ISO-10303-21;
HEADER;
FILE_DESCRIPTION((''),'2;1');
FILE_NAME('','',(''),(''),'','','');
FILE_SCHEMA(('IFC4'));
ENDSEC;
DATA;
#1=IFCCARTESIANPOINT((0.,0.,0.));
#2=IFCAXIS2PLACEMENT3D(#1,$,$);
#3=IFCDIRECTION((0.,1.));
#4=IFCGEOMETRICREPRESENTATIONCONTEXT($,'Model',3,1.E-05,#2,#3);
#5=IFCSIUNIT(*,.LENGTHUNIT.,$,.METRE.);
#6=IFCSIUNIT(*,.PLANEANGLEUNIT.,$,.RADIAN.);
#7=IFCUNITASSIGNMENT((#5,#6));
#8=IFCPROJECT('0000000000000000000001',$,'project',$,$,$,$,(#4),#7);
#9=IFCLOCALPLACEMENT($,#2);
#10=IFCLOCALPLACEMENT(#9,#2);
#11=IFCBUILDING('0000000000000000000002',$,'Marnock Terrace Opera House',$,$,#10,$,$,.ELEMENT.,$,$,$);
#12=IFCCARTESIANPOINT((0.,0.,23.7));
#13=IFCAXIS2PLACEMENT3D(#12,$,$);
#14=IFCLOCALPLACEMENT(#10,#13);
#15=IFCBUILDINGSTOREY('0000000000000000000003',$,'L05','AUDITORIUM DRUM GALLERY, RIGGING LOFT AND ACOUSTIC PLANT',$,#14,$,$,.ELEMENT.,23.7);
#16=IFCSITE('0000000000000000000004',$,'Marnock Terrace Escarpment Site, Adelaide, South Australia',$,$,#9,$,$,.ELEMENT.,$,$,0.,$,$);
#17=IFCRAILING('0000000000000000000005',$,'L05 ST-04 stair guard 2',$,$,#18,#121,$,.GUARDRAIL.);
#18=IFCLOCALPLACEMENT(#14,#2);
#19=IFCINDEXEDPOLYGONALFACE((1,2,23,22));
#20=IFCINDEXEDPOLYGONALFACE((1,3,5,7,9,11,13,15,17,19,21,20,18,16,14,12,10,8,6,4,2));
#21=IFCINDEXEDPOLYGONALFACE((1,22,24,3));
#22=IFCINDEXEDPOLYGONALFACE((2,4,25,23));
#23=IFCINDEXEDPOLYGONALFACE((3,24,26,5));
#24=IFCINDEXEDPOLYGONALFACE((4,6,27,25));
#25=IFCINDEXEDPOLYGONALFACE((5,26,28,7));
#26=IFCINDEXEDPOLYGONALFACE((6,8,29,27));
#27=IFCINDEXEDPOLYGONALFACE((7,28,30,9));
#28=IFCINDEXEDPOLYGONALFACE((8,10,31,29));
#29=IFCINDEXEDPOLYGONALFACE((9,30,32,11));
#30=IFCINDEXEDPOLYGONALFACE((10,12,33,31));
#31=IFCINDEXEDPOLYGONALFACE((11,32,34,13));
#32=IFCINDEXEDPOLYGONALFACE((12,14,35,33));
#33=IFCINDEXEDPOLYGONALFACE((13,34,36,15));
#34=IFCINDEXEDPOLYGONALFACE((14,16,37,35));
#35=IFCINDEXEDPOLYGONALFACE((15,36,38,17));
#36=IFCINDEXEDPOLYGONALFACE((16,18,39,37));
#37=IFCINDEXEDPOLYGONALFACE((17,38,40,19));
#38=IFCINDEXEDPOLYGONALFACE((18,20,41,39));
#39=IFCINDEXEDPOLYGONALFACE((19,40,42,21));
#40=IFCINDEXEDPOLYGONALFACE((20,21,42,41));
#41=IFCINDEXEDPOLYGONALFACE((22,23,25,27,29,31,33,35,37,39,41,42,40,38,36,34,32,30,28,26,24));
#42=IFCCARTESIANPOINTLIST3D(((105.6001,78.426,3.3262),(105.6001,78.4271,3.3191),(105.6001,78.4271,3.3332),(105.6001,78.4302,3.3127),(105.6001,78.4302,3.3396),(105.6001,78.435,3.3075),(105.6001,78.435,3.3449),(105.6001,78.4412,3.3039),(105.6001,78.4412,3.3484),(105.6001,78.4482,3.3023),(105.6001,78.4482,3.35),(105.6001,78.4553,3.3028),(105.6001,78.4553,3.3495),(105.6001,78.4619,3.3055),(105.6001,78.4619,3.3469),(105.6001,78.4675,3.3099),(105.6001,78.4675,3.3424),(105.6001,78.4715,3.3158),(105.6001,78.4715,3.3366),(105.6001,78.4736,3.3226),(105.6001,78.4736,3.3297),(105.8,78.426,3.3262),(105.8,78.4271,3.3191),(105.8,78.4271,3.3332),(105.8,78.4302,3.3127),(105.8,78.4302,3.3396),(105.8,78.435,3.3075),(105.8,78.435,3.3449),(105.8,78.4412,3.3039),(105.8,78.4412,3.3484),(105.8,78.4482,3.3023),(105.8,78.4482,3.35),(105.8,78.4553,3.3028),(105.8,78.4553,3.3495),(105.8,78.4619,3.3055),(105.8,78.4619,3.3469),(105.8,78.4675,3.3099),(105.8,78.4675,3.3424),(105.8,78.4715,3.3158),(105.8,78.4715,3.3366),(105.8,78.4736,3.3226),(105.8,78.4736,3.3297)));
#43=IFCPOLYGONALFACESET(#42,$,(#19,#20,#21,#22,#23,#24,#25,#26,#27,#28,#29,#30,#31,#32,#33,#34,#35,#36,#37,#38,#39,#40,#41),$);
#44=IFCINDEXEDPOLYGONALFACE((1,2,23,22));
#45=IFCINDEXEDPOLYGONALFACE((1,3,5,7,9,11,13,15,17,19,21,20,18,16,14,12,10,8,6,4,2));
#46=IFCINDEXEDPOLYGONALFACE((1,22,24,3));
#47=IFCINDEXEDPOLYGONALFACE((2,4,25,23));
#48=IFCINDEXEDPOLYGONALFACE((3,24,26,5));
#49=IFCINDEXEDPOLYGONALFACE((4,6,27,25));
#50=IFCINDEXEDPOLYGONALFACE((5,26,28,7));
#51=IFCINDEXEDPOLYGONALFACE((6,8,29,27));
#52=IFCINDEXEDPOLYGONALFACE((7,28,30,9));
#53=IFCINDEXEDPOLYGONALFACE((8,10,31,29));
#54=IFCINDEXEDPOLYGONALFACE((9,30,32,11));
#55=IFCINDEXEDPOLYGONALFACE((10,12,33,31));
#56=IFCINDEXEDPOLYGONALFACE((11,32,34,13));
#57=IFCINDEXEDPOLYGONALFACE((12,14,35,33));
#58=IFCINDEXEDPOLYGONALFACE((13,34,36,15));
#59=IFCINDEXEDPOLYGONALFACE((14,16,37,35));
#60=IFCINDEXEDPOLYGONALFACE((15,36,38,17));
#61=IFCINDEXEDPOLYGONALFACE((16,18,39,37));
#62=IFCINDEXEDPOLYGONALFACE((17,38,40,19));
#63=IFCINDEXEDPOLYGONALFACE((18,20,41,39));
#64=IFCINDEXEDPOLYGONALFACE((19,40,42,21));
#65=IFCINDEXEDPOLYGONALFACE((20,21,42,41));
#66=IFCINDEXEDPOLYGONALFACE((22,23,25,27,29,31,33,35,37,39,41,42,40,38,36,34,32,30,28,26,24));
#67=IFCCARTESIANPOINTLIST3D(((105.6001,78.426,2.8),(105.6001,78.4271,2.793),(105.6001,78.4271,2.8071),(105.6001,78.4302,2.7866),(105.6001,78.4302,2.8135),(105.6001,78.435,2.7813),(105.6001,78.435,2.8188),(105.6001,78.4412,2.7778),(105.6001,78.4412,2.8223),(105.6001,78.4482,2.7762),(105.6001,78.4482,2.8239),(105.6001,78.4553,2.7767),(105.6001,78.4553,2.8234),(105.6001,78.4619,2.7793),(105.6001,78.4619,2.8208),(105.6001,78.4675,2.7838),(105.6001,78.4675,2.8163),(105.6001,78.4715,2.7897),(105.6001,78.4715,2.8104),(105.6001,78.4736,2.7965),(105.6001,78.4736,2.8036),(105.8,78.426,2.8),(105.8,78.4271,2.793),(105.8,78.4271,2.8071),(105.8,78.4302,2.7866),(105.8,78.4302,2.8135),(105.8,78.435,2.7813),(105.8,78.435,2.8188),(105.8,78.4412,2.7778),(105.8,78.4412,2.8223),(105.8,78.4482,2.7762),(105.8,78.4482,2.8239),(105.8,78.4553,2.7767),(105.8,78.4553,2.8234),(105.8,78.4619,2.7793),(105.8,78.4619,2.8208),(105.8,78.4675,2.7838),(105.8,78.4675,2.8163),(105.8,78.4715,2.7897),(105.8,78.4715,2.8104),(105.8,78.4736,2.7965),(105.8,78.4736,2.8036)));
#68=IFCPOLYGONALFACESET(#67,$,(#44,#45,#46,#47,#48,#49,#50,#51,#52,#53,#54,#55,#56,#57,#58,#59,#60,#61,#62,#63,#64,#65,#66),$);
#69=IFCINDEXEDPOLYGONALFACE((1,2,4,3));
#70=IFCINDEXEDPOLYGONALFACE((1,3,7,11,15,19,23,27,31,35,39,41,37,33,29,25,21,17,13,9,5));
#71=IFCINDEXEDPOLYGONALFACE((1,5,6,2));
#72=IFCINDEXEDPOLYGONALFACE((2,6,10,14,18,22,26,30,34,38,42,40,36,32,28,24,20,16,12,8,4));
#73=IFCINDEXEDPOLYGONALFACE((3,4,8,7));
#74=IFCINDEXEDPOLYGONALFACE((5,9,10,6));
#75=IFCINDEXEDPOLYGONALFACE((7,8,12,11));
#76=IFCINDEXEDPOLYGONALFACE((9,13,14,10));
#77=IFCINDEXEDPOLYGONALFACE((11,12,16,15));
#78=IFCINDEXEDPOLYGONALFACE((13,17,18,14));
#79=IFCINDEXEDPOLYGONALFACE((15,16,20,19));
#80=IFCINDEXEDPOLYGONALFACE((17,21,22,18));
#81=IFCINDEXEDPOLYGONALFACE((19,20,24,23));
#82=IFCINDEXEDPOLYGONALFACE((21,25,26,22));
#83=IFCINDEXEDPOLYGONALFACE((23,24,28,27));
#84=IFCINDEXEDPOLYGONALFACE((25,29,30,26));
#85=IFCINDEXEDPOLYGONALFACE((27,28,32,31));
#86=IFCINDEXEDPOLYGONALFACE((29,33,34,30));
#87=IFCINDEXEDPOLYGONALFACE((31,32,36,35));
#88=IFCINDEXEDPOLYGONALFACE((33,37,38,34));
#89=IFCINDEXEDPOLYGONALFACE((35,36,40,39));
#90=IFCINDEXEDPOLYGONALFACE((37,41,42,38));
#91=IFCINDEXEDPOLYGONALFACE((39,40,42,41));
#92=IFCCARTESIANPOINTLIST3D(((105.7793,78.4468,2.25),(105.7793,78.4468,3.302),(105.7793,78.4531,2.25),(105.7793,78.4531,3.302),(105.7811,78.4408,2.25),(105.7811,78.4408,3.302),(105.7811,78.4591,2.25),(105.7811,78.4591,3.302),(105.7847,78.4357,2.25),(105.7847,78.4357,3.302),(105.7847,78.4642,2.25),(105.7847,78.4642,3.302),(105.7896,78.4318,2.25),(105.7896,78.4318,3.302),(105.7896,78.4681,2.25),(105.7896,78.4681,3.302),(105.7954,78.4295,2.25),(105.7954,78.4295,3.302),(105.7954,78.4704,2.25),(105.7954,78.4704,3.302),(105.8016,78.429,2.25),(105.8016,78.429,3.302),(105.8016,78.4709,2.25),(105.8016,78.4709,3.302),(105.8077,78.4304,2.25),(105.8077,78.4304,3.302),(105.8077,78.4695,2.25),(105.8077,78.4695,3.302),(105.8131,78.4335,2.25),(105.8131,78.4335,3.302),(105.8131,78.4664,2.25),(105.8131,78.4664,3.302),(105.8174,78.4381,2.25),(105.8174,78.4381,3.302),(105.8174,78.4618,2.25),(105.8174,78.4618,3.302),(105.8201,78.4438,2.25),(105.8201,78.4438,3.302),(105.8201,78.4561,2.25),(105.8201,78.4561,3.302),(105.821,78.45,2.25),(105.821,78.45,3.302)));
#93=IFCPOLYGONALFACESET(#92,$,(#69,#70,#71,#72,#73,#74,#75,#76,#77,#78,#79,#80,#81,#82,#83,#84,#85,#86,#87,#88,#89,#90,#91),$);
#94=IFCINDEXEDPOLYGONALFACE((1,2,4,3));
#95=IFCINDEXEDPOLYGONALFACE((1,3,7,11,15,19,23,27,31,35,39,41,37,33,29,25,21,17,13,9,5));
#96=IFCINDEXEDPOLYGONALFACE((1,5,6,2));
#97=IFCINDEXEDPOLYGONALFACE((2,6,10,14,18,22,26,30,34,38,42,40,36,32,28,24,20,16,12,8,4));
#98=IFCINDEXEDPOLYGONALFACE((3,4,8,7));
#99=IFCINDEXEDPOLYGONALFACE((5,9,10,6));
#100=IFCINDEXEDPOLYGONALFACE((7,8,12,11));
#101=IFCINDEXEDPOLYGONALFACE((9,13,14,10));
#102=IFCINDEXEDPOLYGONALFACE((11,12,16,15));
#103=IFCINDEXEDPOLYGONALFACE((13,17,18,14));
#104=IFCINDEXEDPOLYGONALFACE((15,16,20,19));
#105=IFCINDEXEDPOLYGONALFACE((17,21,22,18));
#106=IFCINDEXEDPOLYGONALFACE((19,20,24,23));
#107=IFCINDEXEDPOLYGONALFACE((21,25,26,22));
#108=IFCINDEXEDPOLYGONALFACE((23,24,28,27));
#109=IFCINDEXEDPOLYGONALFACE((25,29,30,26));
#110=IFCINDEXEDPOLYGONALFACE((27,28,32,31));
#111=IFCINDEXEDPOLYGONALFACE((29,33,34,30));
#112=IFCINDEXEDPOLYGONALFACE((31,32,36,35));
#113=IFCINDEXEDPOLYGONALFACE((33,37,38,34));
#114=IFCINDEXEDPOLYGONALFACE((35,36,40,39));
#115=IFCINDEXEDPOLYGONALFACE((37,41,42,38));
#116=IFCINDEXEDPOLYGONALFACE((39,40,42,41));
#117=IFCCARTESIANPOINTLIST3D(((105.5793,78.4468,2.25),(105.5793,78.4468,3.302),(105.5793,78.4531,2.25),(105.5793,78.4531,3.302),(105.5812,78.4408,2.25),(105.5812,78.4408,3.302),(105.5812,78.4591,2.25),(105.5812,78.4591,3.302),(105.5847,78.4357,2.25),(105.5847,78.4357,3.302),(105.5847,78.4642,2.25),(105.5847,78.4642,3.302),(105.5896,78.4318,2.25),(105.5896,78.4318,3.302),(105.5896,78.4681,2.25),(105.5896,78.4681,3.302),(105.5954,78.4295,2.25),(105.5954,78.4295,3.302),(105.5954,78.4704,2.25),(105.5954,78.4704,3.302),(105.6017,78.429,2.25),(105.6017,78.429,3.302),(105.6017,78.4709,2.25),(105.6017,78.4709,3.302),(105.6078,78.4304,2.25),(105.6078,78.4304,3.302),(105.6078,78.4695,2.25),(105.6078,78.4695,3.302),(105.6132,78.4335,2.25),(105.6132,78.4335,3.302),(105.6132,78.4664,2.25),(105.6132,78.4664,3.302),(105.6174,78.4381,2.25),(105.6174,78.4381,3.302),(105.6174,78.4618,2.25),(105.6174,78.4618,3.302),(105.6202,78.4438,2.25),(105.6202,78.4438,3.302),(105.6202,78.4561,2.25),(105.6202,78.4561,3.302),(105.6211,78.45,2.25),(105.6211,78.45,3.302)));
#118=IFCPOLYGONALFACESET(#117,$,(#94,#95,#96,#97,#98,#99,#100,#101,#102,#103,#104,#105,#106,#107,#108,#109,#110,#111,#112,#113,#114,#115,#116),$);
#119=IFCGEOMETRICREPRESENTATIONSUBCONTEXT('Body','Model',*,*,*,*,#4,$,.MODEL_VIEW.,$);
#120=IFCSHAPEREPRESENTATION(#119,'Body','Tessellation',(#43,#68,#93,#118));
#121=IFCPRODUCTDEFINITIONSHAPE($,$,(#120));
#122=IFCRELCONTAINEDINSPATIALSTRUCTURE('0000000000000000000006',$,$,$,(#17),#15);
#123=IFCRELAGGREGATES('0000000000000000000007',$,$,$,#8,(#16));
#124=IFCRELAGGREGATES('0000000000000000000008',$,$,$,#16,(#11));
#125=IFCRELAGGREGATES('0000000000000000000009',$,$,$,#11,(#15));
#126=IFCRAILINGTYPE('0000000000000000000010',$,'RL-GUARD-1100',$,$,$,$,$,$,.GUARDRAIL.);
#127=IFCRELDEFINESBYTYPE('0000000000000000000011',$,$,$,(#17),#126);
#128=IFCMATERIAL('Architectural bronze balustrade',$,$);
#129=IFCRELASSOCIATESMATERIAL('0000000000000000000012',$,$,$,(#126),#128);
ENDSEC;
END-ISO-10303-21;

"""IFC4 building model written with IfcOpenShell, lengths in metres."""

from ifc_helpers import new_model, si_unit, direction, frame, origin, origin_2d, place, context, subcontext, project, spatial, circle, extrude, material, type_object, element, save


model = new_model("IFC4")

# Units and contexts
model_context = context("Model", 3, precision=1e-05, world=origin(), true_north=direction((0.0, 1.0)))
body_context = subcontext(model_context, "Body", "Model", "MODEL_VIEW")
ifc_project = project(units=[si_unit("LENGTHUNIT", "METRE"), si_unit("PLANEANGLEUNIT", "RADIAN")], contexts=[model_context])

# Site, building, storey
site_placement = place(None, origin())
site = spatial("IfcSite", under=ifc_project, at=site_placement, Name="Marnock Terrace Escarpment Site, Adelaide, South Australia", CompositionType="ELEMENT", RefElevation=0.0)
building_placement = place(site_placement, origin())
building = spatial("IfcBuilding", under=site, at=building_placement, Name="Marnock Terrace Opera House", CompositionType="ELEMENT")
storey_placement = place(building_placement, frame((0.0, 0.0, 23.7)))
storey = spatial("IfcBuildingStorey", under=building, at=storey_placement, Name="L05", Description="AUDITORIUM DRUM GALLERY, RIGGING LOFT AND ACOUSTIC PLANT", CompositionType="ELEMENT", Elevation=23.7)

# Railing
ifc_material_1 = material(Name="Architectural bronze balustrade")
railing_type_1 = type_object("IfcRailingType", Name="RL-GUARD-1100", PredefinedType="GUARDRAIL", material=ifc_material_1)
railing_1_placement = place(storey_placement, frame((105.8, 78.45, 2.25)))
element("IfcRailing", 1, at=railing_1_placement, inside=storey, type_object=railing_type_1, Name="L05 ST-04 stair guard 2", PredefinedType="GUARDRAIL", context=body_context, shape_type="SweptSolid", body=[
    extrude(circle(Radius=0.0239, at=origin_2d()), frame((0.0, 0.0, 1.0762), z_axis=(-1.0, 0.0, 0.0), x_axis=(0.0, -1.0, 0.0)), (0.0, 0.0, 1.0), 0.2),
    extrude(circle(Radius=0.0239, at=origin_2d()), frame((0.0, 0.0, 0.55), z_axis=(-1.0, 0.0, 0.0), x_axis=(0.0, -1.0, 0.0)), (0.0, 0.0, 1.0), 0.2),
    extrude(circle(Radius=0.021, at=origin_2d()), origin(), (0.0, 0.0, 1.0), 1.052),
    extrude(circle(Radius=0.021, at=origin_2d()), frame((-0.2, 0.0, 0.0)), (0.0, 0.0, 1.0), 1.052),
])

save(model, "model.ifc")
